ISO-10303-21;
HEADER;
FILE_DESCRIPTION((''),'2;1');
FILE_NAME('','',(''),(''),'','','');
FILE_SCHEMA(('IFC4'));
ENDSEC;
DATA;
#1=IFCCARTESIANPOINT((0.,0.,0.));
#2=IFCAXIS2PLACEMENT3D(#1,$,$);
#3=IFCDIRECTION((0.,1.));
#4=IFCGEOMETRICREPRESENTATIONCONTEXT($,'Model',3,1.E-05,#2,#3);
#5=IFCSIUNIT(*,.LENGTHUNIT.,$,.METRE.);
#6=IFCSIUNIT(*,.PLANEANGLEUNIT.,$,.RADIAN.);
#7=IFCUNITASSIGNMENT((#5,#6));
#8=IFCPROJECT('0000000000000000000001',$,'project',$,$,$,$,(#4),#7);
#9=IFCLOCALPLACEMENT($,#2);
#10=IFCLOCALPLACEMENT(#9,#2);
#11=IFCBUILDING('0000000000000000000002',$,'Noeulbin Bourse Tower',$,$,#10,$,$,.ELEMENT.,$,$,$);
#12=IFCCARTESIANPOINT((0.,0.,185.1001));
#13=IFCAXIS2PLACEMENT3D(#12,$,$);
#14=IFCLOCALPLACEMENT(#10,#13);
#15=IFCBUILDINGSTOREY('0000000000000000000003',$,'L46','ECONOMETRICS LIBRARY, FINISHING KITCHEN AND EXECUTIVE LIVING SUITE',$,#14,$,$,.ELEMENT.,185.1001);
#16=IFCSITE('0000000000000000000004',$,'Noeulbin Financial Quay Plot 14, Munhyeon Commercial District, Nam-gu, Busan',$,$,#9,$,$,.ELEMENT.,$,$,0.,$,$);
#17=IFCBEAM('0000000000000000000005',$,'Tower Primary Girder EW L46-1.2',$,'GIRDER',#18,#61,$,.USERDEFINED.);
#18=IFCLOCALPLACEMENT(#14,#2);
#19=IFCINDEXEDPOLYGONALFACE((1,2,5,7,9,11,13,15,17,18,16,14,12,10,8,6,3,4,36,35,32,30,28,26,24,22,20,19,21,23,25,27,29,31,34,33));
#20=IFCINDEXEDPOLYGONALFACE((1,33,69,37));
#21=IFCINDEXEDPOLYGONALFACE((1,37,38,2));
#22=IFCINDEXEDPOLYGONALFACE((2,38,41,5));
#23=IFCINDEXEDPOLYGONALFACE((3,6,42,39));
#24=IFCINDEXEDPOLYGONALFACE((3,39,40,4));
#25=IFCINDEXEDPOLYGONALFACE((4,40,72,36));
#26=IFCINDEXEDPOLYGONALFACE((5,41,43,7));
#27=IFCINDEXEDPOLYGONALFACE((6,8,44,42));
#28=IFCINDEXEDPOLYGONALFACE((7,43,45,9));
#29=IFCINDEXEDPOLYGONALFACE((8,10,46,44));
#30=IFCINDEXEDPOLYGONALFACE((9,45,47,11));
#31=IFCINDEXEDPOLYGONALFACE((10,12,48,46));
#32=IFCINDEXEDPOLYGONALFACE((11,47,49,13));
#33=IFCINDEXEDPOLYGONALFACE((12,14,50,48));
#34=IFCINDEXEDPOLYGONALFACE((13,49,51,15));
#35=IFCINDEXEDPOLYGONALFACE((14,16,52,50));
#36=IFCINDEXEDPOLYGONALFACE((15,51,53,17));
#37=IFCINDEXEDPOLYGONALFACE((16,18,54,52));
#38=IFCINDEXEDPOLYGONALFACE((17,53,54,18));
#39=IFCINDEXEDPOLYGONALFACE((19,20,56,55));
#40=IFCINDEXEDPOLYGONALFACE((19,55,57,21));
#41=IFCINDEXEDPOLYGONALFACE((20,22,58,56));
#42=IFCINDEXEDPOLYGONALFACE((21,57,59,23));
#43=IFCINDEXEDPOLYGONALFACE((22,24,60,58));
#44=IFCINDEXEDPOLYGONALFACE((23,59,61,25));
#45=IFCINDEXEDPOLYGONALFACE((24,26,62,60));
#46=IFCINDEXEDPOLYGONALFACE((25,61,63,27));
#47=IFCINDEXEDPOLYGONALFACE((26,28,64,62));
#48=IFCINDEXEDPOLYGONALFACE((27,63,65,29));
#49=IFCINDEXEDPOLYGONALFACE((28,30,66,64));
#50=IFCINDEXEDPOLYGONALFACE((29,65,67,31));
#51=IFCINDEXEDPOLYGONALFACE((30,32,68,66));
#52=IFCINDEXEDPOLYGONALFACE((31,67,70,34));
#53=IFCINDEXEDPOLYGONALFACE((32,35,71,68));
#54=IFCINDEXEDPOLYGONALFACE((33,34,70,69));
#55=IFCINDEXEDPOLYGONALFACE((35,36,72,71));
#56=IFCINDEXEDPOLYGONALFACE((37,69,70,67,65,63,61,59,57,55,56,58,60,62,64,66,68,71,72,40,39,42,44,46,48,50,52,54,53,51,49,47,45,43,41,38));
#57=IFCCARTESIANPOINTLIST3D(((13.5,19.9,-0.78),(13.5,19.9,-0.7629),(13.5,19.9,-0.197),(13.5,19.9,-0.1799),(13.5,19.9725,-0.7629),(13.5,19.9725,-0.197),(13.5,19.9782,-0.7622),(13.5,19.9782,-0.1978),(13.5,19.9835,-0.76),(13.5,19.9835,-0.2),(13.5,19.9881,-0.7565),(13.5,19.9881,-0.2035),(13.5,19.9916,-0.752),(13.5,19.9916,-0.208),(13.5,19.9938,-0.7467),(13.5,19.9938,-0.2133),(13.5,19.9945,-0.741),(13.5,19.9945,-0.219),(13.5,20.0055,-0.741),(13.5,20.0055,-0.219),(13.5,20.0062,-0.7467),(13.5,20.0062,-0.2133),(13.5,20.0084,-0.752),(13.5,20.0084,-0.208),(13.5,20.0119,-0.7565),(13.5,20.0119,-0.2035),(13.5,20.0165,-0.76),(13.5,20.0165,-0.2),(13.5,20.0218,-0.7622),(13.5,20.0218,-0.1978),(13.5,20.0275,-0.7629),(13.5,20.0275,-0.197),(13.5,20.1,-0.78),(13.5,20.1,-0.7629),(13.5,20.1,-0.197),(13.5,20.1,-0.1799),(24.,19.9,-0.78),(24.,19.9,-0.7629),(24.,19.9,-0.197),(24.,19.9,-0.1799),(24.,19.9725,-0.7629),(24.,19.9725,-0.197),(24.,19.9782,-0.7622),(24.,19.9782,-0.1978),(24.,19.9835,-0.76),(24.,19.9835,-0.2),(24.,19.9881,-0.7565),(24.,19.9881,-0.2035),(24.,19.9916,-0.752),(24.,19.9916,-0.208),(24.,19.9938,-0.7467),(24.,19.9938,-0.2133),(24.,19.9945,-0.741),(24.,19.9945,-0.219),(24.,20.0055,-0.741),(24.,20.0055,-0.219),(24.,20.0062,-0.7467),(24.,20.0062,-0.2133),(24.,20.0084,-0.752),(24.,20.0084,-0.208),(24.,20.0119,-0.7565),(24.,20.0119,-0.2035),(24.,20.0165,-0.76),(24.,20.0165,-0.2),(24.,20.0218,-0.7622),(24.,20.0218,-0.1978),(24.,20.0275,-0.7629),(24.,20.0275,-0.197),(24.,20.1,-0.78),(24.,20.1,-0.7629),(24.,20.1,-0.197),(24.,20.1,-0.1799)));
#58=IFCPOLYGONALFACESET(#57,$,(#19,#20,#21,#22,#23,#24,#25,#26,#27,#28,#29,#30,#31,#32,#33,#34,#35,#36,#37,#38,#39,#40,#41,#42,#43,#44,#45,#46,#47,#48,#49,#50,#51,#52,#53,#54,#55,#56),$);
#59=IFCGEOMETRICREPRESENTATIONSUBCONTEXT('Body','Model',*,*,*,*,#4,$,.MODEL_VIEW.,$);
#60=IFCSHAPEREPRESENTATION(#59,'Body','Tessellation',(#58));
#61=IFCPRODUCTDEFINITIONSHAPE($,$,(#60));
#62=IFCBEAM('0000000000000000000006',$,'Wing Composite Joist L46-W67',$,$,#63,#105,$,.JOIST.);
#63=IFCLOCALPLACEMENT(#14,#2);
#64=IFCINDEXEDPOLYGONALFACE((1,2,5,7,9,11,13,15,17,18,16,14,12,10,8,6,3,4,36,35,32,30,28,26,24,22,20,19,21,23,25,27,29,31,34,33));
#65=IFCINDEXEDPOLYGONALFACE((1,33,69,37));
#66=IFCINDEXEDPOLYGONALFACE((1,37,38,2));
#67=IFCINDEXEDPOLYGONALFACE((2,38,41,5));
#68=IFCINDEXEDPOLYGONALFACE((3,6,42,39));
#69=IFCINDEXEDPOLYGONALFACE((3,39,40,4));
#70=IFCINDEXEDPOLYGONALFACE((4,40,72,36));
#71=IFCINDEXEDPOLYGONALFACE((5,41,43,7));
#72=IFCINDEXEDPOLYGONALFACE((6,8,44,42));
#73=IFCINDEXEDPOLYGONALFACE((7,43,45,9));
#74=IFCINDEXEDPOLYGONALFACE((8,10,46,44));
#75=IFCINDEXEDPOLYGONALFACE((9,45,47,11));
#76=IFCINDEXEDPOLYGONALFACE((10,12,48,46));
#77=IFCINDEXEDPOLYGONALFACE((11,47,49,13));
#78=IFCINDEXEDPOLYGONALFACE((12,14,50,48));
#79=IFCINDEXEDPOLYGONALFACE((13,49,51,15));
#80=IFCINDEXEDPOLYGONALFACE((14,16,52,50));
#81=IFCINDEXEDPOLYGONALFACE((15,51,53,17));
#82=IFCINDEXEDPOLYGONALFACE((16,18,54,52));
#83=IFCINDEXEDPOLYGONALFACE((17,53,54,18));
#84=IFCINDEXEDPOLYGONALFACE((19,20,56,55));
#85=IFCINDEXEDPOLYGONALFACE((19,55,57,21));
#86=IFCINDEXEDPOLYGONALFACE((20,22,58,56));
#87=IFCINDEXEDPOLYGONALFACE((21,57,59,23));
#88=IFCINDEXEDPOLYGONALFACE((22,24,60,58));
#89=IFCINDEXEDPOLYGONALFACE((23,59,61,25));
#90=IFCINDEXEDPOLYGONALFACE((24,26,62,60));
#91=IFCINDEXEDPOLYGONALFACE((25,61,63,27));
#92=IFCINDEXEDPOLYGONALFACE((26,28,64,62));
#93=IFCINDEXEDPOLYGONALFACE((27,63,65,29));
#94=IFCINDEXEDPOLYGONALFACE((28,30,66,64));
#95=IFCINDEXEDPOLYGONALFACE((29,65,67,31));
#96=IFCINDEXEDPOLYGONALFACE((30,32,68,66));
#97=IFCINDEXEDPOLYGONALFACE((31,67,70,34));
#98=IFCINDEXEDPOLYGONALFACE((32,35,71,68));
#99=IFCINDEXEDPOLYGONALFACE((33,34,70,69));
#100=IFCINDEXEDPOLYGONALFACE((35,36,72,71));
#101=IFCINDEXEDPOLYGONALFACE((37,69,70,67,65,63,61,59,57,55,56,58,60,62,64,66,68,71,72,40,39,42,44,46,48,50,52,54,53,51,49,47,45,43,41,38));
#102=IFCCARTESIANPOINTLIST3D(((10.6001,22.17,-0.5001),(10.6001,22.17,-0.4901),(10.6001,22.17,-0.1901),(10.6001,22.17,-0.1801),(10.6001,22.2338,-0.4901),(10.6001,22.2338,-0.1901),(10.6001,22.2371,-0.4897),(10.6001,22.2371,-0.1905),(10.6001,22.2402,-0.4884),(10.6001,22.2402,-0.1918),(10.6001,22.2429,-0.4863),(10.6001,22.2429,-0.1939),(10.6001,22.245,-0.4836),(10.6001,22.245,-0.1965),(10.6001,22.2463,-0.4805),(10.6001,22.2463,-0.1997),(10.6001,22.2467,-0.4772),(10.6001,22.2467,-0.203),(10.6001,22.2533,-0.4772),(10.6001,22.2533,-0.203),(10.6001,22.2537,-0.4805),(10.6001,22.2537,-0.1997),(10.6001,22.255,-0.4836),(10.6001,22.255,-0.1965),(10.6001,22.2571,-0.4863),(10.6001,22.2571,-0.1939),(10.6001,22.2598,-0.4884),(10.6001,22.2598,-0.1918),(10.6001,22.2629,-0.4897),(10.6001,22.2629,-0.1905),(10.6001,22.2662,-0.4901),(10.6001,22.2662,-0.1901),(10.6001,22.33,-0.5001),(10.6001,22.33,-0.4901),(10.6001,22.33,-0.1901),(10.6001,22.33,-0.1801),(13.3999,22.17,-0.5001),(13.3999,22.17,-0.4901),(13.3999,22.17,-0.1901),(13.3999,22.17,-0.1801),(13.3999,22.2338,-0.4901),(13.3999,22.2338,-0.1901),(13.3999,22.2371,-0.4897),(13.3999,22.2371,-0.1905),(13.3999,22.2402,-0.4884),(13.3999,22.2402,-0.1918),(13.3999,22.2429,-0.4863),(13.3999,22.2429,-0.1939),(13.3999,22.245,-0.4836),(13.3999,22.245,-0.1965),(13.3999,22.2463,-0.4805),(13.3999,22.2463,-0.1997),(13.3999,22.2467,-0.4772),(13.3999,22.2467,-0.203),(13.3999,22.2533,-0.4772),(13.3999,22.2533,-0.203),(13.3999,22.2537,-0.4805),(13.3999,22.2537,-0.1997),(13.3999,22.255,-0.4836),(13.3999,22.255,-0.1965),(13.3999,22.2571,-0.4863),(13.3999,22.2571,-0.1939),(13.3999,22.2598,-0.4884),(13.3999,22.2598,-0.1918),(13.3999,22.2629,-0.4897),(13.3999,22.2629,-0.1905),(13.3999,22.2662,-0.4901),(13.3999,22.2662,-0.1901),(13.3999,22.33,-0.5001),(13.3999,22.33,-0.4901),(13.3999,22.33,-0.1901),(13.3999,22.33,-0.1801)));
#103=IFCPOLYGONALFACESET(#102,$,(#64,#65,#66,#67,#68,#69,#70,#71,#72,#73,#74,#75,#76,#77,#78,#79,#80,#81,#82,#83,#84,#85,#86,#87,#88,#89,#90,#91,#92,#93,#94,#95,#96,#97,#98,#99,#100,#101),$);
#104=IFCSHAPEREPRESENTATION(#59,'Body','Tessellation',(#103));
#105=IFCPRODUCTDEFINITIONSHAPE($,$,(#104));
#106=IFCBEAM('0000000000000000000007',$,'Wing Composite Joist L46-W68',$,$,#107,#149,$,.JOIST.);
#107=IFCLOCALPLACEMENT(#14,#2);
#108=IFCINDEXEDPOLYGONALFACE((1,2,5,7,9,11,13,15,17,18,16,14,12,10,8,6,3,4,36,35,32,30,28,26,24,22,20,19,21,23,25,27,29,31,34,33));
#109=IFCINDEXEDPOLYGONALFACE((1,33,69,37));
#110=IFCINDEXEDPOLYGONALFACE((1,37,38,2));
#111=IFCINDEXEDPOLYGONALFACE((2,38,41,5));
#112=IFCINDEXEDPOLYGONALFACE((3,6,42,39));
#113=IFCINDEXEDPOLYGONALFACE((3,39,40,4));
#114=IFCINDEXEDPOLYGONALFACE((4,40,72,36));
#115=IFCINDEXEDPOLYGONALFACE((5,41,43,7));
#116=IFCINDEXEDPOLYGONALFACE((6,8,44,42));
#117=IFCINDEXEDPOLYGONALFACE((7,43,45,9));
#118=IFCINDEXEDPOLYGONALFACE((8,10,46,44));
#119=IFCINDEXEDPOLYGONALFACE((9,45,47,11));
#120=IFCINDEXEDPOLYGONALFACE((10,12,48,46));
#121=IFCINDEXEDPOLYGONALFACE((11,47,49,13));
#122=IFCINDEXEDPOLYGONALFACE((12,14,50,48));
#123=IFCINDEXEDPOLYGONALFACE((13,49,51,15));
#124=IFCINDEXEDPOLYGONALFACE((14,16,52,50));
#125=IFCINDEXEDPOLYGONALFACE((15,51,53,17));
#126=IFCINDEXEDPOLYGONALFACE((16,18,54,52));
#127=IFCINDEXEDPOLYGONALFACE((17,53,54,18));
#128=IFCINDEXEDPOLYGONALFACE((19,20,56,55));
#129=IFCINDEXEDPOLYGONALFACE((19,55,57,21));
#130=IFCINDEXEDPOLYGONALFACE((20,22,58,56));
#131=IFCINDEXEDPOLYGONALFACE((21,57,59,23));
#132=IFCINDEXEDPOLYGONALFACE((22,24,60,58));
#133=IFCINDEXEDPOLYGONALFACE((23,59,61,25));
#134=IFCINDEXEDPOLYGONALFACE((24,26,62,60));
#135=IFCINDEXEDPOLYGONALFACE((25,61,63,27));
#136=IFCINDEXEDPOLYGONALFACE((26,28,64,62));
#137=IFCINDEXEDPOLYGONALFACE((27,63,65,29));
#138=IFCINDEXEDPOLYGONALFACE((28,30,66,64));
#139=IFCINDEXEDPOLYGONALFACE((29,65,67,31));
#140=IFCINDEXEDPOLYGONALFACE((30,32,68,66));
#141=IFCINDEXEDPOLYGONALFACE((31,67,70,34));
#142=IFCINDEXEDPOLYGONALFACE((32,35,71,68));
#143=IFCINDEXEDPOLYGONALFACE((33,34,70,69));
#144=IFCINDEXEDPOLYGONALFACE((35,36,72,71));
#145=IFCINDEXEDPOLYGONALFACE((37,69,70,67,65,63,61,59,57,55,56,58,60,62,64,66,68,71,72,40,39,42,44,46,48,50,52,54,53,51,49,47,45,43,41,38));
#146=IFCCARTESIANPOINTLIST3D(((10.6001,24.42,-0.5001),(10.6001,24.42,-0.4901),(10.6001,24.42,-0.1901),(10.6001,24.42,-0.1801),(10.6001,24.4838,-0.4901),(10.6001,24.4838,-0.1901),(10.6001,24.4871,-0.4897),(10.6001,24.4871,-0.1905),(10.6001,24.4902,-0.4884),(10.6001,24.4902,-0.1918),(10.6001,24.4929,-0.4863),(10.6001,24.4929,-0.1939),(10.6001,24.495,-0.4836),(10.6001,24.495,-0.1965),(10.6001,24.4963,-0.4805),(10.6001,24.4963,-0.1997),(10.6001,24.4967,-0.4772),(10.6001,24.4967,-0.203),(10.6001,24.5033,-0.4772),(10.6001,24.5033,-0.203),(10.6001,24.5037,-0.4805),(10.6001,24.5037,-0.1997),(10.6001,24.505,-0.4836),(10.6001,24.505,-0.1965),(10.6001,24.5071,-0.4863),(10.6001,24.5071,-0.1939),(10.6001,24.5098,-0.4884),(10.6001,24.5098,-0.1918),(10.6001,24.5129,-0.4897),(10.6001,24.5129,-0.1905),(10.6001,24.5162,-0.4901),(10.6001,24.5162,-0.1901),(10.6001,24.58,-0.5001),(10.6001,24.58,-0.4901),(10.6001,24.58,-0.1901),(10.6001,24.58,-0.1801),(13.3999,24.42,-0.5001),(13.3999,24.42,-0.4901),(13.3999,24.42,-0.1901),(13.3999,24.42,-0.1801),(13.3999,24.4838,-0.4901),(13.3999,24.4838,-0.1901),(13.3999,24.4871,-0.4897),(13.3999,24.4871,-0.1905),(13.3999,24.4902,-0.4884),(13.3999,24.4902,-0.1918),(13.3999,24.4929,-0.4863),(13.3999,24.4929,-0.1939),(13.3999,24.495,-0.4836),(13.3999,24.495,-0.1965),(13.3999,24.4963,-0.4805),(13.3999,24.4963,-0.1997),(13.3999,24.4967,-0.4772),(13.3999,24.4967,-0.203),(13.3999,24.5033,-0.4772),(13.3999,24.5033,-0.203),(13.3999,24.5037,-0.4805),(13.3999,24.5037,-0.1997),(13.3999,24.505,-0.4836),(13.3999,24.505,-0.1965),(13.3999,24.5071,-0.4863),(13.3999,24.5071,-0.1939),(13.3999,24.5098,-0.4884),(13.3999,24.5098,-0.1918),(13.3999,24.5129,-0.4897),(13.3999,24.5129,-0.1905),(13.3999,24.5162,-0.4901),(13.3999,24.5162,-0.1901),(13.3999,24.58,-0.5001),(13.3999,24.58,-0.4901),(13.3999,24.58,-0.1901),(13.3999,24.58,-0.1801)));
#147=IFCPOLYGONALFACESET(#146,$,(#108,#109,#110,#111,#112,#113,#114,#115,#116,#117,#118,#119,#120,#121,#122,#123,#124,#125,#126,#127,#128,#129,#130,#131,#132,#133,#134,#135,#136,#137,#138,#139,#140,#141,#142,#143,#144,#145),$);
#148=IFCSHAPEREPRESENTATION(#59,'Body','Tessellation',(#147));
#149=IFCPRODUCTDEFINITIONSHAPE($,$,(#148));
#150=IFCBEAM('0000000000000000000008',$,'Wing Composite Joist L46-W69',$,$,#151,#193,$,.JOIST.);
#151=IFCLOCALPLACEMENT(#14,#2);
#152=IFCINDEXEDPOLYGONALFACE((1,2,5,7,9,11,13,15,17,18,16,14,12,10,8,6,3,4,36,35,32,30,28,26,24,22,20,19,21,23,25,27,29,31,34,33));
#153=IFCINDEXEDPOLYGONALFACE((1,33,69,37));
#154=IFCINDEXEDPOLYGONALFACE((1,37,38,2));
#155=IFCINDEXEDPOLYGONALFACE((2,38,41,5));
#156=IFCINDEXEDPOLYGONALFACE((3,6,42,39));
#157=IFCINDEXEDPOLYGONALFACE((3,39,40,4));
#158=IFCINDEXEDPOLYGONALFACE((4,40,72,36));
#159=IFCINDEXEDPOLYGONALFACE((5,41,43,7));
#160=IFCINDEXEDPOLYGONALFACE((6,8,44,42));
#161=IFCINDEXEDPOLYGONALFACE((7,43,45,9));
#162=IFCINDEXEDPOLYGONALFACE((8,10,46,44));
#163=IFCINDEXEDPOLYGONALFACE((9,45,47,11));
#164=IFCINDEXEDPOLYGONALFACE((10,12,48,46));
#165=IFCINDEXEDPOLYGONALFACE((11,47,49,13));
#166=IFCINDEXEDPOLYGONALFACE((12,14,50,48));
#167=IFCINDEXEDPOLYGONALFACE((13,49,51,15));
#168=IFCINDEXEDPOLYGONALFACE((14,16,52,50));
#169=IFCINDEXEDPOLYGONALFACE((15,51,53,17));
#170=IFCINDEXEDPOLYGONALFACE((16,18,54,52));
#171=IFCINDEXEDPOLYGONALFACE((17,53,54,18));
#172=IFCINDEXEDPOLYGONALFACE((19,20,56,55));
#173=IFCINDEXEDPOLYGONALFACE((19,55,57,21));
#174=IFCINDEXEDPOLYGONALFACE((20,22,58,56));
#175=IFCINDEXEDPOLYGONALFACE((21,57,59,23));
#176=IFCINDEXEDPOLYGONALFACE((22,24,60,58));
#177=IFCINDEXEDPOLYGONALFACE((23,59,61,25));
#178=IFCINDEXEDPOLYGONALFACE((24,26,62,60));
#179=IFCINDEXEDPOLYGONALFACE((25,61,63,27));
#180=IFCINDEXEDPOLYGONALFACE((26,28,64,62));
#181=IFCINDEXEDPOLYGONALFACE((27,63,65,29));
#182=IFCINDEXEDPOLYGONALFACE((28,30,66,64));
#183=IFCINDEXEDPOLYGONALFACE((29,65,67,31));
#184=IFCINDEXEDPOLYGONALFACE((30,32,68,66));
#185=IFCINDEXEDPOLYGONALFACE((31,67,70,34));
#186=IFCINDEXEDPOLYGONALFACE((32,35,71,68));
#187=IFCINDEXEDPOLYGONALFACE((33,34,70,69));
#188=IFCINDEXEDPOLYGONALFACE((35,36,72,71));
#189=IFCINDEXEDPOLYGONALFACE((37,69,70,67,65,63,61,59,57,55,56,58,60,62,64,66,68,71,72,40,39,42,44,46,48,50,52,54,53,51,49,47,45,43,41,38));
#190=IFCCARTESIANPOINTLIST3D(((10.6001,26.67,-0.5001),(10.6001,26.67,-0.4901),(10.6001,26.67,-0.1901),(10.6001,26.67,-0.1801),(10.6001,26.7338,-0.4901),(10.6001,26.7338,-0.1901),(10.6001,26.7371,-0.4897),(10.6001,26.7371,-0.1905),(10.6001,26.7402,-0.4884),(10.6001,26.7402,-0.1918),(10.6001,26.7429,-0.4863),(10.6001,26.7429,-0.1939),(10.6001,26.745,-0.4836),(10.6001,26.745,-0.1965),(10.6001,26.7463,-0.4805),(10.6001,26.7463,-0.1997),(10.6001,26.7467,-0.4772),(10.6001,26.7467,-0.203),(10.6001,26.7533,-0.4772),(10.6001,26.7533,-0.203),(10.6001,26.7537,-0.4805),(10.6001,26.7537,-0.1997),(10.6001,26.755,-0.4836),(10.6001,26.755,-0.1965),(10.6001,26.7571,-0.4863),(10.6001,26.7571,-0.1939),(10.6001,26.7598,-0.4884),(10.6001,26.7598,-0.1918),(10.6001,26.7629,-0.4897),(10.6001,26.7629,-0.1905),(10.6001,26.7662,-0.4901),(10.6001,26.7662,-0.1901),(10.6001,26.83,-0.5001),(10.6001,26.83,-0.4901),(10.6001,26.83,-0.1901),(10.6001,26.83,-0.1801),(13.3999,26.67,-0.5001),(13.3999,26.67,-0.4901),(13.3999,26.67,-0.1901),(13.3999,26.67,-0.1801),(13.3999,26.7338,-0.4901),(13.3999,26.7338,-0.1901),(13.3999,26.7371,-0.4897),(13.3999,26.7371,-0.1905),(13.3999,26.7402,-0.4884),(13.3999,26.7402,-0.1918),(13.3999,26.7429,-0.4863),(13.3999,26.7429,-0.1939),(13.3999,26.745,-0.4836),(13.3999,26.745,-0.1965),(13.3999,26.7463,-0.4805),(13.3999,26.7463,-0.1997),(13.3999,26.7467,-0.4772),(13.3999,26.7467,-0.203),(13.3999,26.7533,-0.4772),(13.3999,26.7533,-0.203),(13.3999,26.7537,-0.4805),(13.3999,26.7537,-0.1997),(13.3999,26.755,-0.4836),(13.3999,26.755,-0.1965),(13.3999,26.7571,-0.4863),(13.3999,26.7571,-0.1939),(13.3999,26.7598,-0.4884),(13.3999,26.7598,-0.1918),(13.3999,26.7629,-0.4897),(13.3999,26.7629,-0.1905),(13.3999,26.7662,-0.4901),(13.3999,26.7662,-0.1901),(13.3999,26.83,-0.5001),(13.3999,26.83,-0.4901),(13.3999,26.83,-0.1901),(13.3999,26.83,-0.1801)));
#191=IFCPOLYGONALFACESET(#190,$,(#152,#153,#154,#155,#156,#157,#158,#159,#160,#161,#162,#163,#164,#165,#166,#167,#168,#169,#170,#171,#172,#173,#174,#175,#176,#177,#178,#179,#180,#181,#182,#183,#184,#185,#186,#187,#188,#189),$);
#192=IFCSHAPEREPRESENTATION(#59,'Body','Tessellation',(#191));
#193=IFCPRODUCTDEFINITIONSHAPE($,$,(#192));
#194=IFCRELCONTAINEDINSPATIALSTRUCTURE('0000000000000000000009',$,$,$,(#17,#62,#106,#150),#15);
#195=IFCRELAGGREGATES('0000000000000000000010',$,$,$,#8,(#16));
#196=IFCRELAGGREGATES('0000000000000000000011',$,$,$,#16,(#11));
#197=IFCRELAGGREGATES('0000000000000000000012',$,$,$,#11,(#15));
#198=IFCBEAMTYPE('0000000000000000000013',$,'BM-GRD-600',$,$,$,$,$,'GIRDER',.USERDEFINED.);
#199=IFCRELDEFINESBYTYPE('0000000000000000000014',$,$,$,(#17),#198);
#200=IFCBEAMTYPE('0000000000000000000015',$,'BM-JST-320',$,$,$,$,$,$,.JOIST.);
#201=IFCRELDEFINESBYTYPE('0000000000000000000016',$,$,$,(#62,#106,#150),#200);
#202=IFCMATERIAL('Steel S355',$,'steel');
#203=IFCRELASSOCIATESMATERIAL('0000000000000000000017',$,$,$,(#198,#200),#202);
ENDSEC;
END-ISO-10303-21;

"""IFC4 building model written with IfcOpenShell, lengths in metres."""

from ifc_helpers import new_model, si_unit, direction, frame, origin, origin_2d, place, context, subcontext, project, spatial, i_section, extrude, material, material_profile, profile_set, type_object, element, save


model = new_model("IFC4")

# Units and contexts
model_context = context("Model", 3, precision=1e-05, world=origin(), true_north=direction((0.0, 1.0)))
body_context = subcontext(model_context, "Body", "Model", "MODEL_VIEW")
ifc_project = project(units=[si_unit("LENGTHUNIT", "METRE"), si_unit("PLANEANGLEUNIT", "RADIAN")], contexts=[model_context])

# Site, building, storey
site_placement = place(None, origin())
site = spatial("IfcSite", under=ifc_project, at=site_placement, Name="Noeulbin Financial Quay Plot 14, Munhyeon Commercial District, Nam-gu, Busan", CompositionType="ELEMENT", RefElevation=0.0)
building_placement = place(site_placement, origin())
building = spatial("IfcBuilding", under=site, at=building_placement, Name="Noeulbin Bourse Tower", CompositionType="ELEMENT")
storey_placement = place(building_placement, frame((0.0, 0.0, 185.1001)))
storey = spatial("IfcBuildingStorey", under=building, at=storey_placement, Name="L46", Description="ECONOMETRICS LIBRARY, FINISHING KITCHEN AND EXECUTIVE LIVING SUITE", CompositionType="ELEMENT", Elevation=185.1001)

# Shared definitions
ifc_material_1 = material(Name="Steel S355", Category="steel")

# Beams
ifc_material_profile_1 = material_profile(ifc_material_1, i_section(OverallWidth=0.2, OverallDepth=0.6001, WebThickness=0.011, FlangeThickness=0.0171, FilletRadius=0.022, at=origin_2d()), Name="H-600x200x11x17", Category="LoadBearing")
ifc_profile_set_1 = profile_set([ifc_material_profile_1], Name="Steel S355")
beam_type_1 = type_object("IfcBeamType", Name="BM-GRD-600", ElementType="GIRDER", PredefinedType="USERDEFINED", material=ifc_profile_set_1)
beam_1_placement = place(storey_placement, frame((13.5, 20.0, -0.48), z_axis=(1.0, 0.0, 0.0), x_axis=(0.0, 1.0, 0.0)))
element("IfcBeam", 1, at=beam_1_placement, inside=storey, type_object=beam_type_1, Name="Tower Primary Girder EW L46-1.2", ObjectType="GIRDER", PredefinedType="USERDEFINED", context=body_context, shape_type="SweptSolid", body=[
    extrude(i_section(OverallWidth=0.2, OverallDepth=0.6001, WebThickness=0.011, FlangeThickness=0.0171, FilletRadius=0.022, at=origin_2d()), origin(), (0.0, 0.0, 1.0), 10.5),
])
ifc_material_profile_2 = material_profile(ifc_material_1, i_section(OverallWidth=0.1599, OverallDepth=0.3201, WebThickness=0.0066, FlangeThickness=0.01, FilletRadius=0.0129, at=origin_2d()), Name="H-320x160x6.5x10", Category="LoadBearing")
ifc_profile_set_2 = profile_set([ifc_material_profile_2], Name="Steel S355")
beam_type_2 = type_object("IfcBeamType", Name="BM-JST-320", PredefinedType="JOIST", material=ifc_profile_set_2)
for number, where, z_axis, x_axis, name in (
    (2, (10.6001, 22.25, -0.3401), (1.0, 0.0, 0.0), (0.0, 1.0, 0.0), "Wing Composite Joist L46-W67"),
    (3, (10.6001, 24.5, -0.3401), (1.0, 0.0, 0.0), (0.0, 1.0, 0.0), "Wing Composite Joist L46-W68"),
    (4, (10.6001, 26.75, -0.3401), (1.0, 0.0, 0.0), (0.0, 1.0, 0.0), "Wing Composite Joist L46-W69"),
):
    element("IfcBeam", number, at=place(storey_placement, frame(where, z_axis=z_axis, x_axis=x_axis)), inside=storey, type_object=beam_type_2, Name=name, PredefinedType="JOIST", context=body_context, shape_type="SweptSolid", body=[
        extrude(i_section(OverallWidth=0.1599, OverallDepth=0.3201, WebThickness=0.0066, FlangeThickness=0.01, FilletRadius=0.0129, at=origin_2d()), origin(), (0.0, 0.0, 1.0), 2.7998),
    ])

save(model, "model.ifc")
